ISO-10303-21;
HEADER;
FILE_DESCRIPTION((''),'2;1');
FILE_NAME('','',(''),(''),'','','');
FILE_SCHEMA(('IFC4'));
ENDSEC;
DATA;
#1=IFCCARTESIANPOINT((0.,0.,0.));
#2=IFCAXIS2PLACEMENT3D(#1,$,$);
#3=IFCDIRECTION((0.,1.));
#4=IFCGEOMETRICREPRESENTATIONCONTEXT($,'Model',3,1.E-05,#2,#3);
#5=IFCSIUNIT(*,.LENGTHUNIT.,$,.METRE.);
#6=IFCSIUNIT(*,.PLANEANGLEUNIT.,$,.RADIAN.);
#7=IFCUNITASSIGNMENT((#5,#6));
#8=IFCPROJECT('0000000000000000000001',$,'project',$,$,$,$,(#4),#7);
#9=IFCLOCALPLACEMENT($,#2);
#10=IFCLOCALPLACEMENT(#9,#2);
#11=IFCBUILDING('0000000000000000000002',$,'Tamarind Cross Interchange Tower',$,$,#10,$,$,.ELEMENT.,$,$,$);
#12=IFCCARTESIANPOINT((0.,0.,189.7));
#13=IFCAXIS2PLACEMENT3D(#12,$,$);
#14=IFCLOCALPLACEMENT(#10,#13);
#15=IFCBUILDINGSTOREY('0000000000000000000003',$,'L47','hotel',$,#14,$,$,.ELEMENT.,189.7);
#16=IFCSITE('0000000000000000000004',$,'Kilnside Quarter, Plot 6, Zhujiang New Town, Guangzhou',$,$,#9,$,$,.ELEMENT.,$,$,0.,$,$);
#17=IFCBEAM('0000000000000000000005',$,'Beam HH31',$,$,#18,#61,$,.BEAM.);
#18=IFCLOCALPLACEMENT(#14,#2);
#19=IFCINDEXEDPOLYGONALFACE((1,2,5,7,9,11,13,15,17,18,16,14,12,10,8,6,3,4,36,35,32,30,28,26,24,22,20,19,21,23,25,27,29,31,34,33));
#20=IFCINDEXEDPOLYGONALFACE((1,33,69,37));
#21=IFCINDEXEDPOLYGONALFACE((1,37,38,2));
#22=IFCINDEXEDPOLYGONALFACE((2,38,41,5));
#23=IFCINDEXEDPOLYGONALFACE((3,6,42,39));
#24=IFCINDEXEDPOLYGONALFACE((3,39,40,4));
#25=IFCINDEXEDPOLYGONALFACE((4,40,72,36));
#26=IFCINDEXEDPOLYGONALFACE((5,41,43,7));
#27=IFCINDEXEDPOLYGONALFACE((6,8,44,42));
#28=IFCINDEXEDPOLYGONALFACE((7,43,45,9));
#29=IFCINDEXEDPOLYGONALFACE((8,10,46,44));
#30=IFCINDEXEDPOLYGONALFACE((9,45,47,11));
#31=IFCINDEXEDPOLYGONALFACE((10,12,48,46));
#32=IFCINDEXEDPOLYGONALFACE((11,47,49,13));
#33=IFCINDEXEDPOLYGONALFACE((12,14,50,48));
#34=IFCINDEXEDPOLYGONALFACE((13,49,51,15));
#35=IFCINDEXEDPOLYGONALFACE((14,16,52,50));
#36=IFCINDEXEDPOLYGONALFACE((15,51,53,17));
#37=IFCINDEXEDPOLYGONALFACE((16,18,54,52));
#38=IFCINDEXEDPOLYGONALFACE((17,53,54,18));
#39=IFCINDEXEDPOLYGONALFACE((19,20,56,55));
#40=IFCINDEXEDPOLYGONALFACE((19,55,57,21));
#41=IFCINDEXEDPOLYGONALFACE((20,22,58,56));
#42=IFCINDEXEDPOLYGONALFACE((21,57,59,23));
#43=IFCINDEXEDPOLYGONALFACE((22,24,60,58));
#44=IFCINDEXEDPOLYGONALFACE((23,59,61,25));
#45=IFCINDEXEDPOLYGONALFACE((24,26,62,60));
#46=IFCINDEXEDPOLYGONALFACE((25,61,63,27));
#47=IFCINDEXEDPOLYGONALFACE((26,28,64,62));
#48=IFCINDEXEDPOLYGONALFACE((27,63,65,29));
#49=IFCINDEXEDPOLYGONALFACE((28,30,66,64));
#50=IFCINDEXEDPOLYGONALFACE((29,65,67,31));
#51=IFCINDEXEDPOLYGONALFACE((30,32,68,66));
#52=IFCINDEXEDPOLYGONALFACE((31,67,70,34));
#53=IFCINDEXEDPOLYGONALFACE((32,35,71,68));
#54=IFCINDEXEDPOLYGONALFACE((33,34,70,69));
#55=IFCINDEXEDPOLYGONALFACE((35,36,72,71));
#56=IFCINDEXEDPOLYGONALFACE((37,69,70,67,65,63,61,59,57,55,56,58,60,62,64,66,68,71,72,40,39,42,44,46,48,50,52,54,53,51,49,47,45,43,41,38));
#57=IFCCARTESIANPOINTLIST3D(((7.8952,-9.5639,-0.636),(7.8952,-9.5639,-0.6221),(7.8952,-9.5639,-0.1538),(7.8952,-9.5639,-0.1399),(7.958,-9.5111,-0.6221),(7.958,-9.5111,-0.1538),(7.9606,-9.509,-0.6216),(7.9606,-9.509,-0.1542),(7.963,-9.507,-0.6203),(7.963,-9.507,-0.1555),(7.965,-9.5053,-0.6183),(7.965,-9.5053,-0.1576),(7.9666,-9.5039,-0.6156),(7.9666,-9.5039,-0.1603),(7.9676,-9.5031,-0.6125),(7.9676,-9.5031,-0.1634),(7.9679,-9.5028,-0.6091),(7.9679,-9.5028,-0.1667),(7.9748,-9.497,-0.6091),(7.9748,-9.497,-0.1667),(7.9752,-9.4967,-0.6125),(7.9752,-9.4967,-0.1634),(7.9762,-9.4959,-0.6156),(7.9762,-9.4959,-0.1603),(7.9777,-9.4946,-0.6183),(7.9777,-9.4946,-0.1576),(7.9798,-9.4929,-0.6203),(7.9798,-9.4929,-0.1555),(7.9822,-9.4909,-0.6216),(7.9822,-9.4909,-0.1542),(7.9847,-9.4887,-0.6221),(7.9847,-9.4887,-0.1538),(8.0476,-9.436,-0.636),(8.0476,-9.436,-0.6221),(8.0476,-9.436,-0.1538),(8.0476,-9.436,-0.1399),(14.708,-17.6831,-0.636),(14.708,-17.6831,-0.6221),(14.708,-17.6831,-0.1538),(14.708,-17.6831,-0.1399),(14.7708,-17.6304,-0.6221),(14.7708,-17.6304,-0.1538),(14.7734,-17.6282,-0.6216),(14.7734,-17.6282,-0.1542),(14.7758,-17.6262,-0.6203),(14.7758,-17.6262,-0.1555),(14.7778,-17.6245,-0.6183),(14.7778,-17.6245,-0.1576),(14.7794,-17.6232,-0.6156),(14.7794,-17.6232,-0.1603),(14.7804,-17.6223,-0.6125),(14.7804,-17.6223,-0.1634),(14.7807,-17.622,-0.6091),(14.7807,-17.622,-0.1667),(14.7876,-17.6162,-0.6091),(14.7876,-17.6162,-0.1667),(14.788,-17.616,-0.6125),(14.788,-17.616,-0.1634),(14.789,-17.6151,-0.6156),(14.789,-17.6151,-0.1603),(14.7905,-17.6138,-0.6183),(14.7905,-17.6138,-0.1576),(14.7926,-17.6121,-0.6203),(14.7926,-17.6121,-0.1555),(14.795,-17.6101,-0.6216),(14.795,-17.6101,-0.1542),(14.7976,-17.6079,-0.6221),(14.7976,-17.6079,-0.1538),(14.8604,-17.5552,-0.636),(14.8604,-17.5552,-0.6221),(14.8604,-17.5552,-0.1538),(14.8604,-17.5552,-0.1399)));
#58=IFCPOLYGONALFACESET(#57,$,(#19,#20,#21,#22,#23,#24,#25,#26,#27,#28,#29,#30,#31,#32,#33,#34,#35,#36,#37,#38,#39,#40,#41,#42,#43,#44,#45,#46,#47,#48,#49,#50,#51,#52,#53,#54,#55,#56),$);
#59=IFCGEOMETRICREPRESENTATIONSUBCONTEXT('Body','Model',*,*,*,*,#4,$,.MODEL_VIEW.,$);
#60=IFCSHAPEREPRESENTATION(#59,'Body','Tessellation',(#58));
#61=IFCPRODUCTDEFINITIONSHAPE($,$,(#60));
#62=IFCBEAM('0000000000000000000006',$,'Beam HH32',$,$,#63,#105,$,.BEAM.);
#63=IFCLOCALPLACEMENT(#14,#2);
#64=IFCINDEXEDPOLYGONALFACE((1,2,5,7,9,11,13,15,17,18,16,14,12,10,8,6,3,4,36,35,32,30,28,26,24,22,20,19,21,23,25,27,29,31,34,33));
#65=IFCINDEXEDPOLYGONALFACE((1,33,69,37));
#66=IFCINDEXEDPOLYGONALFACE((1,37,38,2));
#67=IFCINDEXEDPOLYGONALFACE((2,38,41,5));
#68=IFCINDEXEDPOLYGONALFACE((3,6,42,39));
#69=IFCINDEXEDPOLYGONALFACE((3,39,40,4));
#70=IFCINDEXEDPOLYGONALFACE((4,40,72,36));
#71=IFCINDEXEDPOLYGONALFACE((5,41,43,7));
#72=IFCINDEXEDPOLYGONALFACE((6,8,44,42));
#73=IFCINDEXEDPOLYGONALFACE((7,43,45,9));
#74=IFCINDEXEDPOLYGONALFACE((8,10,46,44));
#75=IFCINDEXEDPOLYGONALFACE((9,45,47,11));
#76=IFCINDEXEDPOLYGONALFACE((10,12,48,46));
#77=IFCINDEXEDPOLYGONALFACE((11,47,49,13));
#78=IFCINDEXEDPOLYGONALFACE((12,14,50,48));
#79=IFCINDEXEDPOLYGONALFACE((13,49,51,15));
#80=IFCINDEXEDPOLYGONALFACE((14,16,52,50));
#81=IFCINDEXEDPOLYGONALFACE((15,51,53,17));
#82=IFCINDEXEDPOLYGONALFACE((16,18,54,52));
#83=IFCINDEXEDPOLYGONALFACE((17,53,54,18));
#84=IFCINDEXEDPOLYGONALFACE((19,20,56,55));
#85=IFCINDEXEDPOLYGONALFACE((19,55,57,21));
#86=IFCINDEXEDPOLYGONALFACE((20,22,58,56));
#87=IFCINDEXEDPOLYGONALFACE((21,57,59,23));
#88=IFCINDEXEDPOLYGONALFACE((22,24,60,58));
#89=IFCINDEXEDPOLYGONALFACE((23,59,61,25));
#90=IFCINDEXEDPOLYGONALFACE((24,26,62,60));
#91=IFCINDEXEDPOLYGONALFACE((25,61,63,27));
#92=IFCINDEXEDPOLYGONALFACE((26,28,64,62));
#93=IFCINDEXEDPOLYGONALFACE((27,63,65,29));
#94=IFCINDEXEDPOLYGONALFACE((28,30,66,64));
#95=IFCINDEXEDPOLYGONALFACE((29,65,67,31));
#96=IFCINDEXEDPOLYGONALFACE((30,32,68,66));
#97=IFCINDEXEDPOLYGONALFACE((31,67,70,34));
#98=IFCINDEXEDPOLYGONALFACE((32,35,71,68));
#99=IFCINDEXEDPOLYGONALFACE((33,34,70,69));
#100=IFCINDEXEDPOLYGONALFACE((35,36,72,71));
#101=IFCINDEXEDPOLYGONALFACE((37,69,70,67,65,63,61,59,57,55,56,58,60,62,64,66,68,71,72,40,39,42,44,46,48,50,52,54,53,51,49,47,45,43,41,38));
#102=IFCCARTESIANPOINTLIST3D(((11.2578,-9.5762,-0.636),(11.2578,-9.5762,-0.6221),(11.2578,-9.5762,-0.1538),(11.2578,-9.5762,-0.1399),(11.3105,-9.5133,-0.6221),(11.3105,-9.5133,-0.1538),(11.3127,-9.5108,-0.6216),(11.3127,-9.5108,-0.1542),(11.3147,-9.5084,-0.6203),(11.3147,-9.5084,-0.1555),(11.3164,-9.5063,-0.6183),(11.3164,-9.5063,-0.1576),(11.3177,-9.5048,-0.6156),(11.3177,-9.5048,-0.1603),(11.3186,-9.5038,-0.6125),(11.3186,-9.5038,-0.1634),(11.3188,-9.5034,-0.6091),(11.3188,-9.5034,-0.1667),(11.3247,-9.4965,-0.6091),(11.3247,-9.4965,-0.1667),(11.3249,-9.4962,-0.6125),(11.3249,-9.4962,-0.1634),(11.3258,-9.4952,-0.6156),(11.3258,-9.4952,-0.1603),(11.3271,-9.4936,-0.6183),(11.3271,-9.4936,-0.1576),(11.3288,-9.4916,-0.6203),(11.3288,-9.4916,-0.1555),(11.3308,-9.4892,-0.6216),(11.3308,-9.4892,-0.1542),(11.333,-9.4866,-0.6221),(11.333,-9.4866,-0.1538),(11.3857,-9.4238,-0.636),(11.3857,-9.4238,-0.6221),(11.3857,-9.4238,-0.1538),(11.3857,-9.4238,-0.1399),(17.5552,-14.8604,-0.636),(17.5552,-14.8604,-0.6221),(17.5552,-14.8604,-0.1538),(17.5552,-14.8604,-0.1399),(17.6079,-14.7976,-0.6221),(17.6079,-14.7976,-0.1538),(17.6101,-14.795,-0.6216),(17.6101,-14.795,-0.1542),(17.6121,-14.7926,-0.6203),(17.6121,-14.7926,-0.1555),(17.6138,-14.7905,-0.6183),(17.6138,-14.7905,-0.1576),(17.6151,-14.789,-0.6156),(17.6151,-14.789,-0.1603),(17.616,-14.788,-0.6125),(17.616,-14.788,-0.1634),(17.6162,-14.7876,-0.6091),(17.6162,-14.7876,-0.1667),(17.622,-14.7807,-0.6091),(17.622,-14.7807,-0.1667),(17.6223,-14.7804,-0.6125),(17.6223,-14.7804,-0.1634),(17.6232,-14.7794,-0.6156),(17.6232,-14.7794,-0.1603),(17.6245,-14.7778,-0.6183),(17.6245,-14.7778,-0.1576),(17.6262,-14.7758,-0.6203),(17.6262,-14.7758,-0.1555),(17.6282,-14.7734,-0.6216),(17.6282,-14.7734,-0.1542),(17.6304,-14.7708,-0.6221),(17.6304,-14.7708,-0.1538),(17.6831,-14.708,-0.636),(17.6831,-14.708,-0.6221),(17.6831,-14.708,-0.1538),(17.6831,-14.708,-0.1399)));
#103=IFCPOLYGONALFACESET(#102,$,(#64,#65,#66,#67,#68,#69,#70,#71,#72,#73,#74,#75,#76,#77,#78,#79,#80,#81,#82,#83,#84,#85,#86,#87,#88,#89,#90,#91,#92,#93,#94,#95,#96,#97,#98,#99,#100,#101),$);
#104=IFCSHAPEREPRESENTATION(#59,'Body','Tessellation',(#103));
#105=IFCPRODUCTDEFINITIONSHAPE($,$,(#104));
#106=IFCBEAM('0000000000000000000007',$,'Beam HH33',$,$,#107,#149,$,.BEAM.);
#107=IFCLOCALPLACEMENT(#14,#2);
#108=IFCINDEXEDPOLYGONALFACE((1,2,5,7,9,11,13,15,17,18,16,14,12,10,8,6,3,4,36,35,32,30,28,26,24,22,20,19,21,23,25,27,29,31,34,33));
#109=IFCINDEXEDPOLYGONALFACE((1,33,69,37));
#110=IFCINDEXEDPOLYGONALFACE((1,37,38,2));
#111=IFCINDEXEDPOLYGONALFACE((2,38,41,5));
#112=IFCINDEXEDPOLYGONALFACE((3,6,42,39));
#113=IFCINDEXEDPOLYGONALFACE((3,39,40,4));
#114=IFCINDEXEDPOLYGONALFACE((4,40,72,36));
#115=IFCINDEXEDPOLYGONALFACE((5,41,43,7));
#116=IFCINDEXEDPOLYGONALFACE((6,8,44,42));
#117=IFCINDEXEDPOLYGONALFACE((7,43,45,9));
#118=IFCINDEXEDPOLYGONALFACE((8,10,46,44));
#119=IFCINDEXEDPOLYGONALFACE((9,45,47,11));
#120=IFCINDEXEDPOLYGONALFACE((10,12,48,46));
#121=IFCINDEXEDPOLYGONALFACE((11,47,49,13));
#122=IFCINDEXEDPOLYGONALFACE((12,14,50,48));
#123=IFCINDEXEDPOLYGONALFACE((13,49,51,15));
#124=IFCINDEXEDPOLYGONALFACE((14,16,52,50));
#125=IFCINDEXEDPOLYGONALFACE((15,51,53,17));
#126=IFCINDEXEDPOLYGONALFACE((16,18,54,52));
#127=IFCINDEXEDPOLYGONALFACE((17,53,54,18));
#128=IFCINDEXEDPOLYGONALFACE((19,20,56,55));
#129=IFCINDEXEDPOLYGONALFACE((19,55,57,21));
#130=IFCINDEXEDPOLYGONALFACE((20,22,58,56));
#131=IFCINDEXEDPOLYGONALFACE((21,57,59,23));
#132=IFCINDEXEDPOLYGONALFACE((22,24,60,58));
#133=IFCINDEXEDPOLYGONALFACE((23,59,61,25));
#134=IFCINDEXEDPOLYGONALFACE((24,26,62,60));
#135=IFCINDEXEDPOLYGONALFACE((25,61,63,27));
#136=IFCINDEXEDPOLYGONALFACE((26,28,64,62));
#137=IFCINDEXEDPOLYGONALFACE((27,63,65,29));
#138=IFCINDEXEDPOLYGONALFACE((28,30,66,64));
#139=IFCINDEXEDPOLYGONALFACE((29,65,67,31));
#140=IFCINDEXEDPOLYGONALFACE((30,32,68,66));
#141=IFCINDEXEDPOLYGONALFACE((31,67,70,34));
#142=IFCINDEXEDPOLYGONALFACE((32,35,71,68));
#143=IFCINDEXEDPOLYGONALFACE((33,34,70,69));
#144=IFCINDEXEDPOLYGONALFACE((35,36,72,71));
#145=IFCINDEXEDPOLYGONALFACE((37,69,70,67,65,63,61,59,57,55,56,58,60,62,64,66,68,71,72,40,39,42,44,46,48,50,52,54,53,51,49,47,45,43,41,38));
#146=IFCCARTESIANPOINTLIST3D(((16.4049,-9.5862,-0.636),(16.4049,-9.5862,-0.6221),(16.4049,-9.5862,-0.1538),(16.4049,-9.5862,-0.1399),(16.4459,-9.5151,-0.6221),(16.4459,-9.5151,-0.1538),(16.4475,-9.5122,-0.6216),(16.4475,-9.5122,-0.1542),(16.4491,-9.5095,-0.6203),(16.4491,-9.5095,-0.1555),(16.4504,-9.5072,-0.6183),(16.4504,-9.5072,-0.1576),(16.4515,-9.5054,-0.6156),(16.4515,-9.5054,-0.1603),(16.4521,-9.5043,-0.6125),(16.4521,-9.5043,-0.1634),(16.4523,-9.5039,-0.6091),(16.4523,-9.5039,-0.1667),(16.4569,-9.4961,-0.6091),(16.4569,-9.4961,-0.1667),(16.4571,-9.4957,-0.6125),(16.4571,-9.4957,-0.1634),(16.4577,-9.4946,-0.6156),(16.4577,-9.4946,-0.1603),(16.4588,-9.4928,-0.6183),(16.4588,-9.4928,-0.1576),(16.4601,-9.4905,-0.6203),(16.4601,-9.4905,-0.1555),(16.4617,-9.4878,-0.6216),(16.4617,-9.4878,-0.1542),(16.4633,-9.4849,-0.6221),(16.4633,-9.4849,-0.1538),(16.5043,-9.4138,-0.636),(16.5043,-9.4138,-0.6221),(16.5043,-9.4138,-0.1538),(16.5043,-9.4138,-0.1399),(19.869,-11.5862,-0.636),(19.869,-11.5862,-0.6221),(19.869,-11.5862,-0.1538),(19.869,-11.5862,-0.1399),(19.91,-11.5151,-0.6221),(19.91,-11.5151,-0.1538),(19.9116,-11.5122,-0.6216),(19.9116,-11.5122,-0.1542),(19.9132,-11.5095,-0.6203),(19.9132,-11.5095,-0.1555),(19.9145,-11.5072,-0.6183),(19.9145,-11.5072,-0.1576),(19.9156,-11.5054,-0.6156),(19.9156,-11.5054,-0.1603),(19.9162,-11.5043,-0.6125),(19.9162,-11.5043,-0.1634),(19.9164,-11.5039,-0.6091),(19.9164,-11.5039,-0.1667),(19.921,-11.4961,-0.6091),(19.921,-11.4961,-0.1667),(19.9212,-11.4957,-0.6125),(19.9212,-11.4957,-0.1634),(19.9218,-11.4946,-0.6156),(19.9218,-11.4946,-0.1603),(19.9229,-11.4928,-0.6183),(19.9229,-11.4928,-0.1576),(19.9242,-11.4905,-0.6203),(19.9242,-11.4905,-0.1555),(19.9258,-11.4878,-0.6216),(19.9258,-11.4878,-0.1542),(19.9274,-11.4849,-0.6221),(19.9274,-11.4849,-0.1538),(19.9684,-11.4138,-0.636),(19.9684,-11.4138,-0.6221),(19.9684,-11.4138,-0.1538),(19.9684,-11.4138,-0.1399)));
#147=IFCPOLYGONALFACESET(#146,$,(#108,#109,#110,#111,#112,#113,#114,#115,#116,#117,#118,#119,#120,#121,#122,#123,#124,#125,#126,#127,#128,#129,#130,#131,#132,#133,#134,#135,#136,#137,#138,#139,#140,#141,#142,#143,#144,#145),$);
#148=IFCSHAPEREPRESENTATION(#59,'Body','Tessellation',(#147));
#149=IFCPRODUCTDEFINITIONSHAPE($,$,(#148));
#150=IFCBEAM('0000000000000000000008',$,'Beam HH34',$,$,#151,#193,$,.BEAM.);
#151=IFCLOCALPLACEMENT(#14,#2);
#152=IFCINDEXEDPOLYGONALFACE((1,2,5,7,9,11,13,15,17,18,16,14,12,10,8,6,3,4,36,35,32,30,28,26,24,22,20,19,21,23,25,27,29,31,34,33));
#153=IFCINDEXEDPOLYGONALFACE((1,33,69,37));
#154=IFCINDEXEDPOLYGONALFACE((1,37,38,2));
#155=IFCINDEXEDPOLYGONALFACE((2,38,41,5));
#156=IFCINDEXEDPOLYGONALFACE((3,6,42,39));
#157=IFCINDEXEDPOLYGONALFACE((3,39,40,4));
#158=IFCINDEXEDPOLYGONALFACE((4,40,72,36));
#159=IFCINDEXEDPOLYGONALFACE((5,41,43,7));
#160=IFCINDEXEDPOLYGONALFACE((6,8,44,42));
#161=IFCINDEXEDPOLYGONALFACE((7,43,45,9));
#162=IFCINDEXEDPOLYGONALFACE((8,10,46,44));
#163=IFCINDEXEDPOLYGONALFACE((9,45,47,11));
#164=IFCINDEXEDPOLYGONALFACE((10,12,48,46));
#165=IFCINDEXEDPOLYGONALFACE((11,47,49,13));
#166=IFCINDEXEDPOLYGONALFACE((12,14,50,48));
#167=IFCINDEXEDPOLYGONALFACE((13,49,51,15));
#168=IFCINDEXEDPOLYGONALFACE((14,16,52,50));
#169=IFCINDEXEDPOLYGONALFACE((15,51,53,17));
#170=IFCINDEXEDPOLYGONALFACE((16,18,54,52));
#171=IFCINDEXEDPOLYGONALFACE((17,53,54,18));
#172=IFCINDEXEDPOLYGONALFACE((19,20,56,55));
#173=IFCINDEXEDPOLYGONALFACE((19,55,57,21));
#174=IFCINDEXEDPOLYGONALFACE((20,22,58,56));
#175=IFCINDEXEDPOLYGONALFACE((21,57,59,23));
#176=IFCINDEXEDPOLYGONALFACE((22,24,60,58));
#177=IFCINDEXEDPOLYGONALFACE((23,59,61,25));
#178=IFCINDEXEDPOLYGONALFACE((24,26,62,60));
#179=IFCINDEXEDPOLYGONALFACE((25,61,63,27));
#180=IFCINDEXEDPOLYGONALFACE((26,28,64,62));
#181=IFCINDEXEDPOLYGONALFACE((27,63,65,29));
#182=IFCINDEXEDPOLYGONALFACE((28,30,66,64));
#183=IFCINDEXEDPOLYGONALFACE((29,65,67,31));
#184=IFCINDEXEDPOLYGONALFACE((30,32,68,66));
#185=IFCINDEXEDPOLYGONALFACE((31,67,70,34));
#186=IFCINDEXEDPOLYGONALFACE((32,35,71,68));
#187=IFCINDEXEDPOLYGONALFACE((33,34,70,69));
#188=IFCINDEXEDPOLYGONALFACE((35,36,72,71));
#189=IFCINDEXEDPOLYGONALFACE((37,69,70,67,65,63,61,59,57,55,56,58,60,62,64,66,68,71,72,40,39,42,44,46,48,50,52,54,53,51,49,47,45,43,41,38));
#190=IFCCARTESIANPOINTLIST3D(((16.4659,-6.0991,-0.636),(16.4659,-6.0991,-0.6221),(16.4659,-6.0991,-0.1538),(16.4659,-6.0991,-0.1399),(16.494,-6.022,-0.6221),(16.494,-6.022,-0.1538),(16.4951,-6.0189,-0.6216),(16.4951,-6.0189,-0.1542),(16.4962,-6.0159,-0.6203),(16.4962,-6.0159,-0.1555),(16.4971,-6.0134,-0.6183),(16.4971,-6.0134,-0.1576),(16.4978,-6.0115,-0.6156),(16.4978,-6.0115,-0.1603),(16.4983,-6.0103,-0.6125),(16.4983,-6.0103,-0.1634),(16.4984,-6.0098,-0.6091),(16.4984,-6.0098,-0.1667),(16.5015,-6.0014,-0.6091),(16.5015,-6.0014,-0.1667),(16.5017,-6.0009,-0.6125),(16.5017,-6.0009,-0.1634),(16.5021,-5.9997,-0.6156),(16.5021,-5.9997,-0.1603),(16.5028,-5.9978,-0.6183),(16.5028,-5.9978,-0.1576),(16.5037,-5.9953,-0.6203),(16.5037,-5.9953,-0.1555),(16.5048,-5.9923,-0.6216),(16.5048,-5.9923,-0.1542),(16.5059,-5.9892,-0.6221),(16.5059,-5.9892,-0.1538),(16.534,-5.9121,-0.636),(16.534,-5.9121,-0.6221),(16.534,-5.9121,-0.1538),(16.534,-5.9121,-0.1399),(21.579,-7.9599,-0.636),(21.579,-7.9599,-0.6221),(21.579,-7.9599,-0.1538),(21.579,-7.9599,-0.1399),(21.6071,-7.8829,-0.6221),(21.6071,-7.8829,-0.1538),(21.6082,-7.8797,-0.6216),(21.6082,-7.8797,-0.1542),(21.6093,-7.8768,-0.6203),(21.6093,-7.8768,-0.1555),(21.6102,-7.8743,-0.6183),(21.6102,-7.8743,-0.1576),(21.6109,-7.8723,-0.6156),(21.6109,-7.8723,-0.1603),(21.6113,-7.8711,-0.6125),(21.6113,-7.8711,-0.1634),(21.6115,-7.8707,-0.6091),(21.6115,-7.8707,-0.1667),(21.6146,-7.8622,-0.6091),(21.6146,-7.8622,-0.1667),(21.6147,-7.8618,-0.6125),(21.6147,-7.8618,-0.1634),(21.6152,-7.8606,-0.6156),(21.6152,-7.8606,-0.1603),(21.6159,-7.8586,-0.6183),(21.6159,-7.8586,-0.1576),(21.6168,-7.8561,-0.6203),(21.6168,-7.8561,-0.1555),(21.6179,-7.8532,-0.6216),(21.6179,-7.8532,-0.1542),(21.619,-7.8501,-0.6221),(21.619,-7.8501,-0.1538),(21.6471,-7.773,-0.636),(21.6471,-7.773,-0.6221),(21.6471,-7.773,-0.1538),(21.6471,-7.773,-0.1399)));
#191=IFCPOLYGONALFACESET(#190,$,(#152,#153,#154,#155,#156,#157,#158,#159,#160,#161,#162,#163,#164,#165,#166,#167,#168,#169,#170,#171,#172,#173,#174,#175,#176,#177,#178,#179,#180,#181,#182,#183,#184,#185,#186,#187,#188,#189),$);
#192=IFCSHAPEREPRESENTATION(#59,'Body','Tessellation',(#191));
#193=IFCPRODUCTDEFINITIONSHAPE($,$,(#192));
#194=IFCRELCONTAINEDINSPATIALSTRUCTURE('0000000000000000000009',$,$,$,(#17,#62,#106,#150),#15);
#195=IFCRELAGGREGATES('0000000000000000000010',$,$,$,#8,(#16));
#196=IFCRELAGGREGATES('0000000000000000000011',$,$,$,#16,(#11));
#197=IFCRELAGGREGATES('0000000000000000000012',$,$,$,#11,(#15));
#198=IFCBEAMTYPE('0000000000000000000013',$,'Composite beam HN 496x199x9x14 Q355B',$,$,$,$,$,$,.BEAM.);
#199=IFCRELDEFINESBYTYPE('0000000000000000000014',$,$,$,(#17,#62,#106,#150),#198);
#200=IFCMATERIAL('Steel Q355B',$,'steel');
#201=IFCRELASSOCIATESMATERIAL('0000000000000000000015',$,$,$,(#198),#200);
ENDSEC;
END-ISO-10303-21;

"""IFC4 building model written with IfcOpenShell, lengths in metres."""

from ifc_helpers import new_model, si_unit, direction, frame, origin, origin_2d, place, context, subcontext, project, spatial, i_section, extrude, material, material_profile, profile_set, type_object, element, save


model = new_model("IFC4")

# Units and contexts
model_context = context("Model", 3, precision=1e-05, world=origin(), true_north=direction((0.0, 1.0)))
body_context = subcontext(model_context, "Body", "Model", "MODEL_VIEW")
ifc_project = project(units=[si_unit("LENGTHUNIT", "METRE"), si_unit("PLANEANGLEUNIT", "RADIAN")], contexts=[model_context])

# Site, building, storey
site_placement = place(None, origin())
site = spatial("IfcSite", under=ifc_project, at=site_placement, Name="Kilnside Quarter, Plot 6, Zhujiang New Town, Guangzhou", CompositionType="ELEMENT", RefElevation=0.0)
building_placement = place(site_placement, origin())
building = spatial("IfcBuilding", under=site, at=building_placement, Name="Tamarind Cross Interchange Tower", CompositionType="ELEMENT")
storey_placement = place(building_placement, frame((0.0, 0.0, 189.7)))
storey = spatial("IfcBuildingStorey", under=building, at=storey_placement, Name="L47", Description="hotel", CompositionType="ELEMENT", Elevation=189.7)

# Beams
ifc_material_1 = material(Name="Steel Q355B", Category="steel")
ifc_material_profile_1 = material_profile(ifc_material_1, i_section(OverallWidth=0.199, OverallDepth=0.4961, WebThickness=0.009, FlangeThickness=0.0139, FilletRadius=0.0129, at=origin_2d()), Name="HN 496x199x9x14")
ifc_profile_set_1 = profile_set([ifc_material_profile_1], Name="Steel Q355B")
beam_type = type_object("IfcBeamType", Name="Composite beam HN 496x199x9x14 Q355B", PredefinedType="BEAM", material=ifc_profile_set_1)
beam_1_placement = place(storey_placement, frame((14.7842, -17.6191, -0.3879), z_axis=(-0.642786, 0.766046, 0.0), x_axis=(-0.766046, -0.642786, 0.0)))
element("IfcBeam", 1, at=beam_1_placement, inside=storey, type_object=beam_type, Name="Beam HH31", PredefinedType="BEAM", context=body_context, shape_type="SweptSolid", body=[
    extrude(i_section(OverallWidth=0.199, OverallDepth=0.4961, WebThickness=0.009, FlangeThickness=0.0139, FilletRadius=0.0129, at=origin_2d()), origin(), (0.0, 0.0, 1.0), 10.5989),
])
beam_2_placement = place(storey_placement, frame((17.6191, -14.7842, -0.3879), z_axis=(-0.766041, 0.642792, 0.0), x_axis=(-0.642792, -0.766041, 0.0)))
element("IfcBeam", 2, at=beam_2_placement, inside=storey, type_object=beam_type, Name="Beam HH32", PredefinedType="BEAM", context=body_context, shape_type="SweptSolid", body=[
    extrude(i_section(OverallWidth=0.199, OverallDepth=0.4961, WebThickness=0.009, FlangeThickness=0.0139, FilletRadius=0.0129, at=origin_2d()), origin(), (0.0, 0.0, 1.0), 8.2207),
])
beam_3_placement = place(storey_placement, frame((19.9187, -11.5, -0.3879), z_axis=(-0.866026, 0.499999, 0.0), x_axis=(-0.499999, -0.866026, 0.0)))
element("IfcBeam", 3, at=beam_3_placement, inside=storey, type_object=beam_type, Name="Beam HH33", PredefinedType="BEAM", context=body_context, shape_type="SweptSolid", body=[
    extrude(i_section(OverallWidth=0.199, OverallDepth=0.4961, WebThickness=0.009, FlangeThickness=0.0139, FilletRadius=0.0129, at=origin_2d()), origin(), (0.0, 0.0, 1.0), 4.0),
])
beam_4_placement = place(storey_placement, frame((21.613, -7.8665, -0.3879), z_axis=(-0.939702, 0.341995, 0.0), x_axis=(-0.341995, -0.939702, 0.0)))
element("IfcBeam", 4, at=beam_4_placement, inside=storey, type_object=beam_type, Name="Beam HH34", PredefinedType="BEAM", context=body_context, shape_type="SweptSolid", body=[
    extrude(i_section(OverallWidth=0.199, OverallDepth=0.4961, WebThickness=0.009, FlangeThickness=0.0139, FilletRadius=0.0129, at=origin_2d()), origin(), (0.0, 0.0, 1.0), 5.4412),
])

save(model, "model.ifc")
